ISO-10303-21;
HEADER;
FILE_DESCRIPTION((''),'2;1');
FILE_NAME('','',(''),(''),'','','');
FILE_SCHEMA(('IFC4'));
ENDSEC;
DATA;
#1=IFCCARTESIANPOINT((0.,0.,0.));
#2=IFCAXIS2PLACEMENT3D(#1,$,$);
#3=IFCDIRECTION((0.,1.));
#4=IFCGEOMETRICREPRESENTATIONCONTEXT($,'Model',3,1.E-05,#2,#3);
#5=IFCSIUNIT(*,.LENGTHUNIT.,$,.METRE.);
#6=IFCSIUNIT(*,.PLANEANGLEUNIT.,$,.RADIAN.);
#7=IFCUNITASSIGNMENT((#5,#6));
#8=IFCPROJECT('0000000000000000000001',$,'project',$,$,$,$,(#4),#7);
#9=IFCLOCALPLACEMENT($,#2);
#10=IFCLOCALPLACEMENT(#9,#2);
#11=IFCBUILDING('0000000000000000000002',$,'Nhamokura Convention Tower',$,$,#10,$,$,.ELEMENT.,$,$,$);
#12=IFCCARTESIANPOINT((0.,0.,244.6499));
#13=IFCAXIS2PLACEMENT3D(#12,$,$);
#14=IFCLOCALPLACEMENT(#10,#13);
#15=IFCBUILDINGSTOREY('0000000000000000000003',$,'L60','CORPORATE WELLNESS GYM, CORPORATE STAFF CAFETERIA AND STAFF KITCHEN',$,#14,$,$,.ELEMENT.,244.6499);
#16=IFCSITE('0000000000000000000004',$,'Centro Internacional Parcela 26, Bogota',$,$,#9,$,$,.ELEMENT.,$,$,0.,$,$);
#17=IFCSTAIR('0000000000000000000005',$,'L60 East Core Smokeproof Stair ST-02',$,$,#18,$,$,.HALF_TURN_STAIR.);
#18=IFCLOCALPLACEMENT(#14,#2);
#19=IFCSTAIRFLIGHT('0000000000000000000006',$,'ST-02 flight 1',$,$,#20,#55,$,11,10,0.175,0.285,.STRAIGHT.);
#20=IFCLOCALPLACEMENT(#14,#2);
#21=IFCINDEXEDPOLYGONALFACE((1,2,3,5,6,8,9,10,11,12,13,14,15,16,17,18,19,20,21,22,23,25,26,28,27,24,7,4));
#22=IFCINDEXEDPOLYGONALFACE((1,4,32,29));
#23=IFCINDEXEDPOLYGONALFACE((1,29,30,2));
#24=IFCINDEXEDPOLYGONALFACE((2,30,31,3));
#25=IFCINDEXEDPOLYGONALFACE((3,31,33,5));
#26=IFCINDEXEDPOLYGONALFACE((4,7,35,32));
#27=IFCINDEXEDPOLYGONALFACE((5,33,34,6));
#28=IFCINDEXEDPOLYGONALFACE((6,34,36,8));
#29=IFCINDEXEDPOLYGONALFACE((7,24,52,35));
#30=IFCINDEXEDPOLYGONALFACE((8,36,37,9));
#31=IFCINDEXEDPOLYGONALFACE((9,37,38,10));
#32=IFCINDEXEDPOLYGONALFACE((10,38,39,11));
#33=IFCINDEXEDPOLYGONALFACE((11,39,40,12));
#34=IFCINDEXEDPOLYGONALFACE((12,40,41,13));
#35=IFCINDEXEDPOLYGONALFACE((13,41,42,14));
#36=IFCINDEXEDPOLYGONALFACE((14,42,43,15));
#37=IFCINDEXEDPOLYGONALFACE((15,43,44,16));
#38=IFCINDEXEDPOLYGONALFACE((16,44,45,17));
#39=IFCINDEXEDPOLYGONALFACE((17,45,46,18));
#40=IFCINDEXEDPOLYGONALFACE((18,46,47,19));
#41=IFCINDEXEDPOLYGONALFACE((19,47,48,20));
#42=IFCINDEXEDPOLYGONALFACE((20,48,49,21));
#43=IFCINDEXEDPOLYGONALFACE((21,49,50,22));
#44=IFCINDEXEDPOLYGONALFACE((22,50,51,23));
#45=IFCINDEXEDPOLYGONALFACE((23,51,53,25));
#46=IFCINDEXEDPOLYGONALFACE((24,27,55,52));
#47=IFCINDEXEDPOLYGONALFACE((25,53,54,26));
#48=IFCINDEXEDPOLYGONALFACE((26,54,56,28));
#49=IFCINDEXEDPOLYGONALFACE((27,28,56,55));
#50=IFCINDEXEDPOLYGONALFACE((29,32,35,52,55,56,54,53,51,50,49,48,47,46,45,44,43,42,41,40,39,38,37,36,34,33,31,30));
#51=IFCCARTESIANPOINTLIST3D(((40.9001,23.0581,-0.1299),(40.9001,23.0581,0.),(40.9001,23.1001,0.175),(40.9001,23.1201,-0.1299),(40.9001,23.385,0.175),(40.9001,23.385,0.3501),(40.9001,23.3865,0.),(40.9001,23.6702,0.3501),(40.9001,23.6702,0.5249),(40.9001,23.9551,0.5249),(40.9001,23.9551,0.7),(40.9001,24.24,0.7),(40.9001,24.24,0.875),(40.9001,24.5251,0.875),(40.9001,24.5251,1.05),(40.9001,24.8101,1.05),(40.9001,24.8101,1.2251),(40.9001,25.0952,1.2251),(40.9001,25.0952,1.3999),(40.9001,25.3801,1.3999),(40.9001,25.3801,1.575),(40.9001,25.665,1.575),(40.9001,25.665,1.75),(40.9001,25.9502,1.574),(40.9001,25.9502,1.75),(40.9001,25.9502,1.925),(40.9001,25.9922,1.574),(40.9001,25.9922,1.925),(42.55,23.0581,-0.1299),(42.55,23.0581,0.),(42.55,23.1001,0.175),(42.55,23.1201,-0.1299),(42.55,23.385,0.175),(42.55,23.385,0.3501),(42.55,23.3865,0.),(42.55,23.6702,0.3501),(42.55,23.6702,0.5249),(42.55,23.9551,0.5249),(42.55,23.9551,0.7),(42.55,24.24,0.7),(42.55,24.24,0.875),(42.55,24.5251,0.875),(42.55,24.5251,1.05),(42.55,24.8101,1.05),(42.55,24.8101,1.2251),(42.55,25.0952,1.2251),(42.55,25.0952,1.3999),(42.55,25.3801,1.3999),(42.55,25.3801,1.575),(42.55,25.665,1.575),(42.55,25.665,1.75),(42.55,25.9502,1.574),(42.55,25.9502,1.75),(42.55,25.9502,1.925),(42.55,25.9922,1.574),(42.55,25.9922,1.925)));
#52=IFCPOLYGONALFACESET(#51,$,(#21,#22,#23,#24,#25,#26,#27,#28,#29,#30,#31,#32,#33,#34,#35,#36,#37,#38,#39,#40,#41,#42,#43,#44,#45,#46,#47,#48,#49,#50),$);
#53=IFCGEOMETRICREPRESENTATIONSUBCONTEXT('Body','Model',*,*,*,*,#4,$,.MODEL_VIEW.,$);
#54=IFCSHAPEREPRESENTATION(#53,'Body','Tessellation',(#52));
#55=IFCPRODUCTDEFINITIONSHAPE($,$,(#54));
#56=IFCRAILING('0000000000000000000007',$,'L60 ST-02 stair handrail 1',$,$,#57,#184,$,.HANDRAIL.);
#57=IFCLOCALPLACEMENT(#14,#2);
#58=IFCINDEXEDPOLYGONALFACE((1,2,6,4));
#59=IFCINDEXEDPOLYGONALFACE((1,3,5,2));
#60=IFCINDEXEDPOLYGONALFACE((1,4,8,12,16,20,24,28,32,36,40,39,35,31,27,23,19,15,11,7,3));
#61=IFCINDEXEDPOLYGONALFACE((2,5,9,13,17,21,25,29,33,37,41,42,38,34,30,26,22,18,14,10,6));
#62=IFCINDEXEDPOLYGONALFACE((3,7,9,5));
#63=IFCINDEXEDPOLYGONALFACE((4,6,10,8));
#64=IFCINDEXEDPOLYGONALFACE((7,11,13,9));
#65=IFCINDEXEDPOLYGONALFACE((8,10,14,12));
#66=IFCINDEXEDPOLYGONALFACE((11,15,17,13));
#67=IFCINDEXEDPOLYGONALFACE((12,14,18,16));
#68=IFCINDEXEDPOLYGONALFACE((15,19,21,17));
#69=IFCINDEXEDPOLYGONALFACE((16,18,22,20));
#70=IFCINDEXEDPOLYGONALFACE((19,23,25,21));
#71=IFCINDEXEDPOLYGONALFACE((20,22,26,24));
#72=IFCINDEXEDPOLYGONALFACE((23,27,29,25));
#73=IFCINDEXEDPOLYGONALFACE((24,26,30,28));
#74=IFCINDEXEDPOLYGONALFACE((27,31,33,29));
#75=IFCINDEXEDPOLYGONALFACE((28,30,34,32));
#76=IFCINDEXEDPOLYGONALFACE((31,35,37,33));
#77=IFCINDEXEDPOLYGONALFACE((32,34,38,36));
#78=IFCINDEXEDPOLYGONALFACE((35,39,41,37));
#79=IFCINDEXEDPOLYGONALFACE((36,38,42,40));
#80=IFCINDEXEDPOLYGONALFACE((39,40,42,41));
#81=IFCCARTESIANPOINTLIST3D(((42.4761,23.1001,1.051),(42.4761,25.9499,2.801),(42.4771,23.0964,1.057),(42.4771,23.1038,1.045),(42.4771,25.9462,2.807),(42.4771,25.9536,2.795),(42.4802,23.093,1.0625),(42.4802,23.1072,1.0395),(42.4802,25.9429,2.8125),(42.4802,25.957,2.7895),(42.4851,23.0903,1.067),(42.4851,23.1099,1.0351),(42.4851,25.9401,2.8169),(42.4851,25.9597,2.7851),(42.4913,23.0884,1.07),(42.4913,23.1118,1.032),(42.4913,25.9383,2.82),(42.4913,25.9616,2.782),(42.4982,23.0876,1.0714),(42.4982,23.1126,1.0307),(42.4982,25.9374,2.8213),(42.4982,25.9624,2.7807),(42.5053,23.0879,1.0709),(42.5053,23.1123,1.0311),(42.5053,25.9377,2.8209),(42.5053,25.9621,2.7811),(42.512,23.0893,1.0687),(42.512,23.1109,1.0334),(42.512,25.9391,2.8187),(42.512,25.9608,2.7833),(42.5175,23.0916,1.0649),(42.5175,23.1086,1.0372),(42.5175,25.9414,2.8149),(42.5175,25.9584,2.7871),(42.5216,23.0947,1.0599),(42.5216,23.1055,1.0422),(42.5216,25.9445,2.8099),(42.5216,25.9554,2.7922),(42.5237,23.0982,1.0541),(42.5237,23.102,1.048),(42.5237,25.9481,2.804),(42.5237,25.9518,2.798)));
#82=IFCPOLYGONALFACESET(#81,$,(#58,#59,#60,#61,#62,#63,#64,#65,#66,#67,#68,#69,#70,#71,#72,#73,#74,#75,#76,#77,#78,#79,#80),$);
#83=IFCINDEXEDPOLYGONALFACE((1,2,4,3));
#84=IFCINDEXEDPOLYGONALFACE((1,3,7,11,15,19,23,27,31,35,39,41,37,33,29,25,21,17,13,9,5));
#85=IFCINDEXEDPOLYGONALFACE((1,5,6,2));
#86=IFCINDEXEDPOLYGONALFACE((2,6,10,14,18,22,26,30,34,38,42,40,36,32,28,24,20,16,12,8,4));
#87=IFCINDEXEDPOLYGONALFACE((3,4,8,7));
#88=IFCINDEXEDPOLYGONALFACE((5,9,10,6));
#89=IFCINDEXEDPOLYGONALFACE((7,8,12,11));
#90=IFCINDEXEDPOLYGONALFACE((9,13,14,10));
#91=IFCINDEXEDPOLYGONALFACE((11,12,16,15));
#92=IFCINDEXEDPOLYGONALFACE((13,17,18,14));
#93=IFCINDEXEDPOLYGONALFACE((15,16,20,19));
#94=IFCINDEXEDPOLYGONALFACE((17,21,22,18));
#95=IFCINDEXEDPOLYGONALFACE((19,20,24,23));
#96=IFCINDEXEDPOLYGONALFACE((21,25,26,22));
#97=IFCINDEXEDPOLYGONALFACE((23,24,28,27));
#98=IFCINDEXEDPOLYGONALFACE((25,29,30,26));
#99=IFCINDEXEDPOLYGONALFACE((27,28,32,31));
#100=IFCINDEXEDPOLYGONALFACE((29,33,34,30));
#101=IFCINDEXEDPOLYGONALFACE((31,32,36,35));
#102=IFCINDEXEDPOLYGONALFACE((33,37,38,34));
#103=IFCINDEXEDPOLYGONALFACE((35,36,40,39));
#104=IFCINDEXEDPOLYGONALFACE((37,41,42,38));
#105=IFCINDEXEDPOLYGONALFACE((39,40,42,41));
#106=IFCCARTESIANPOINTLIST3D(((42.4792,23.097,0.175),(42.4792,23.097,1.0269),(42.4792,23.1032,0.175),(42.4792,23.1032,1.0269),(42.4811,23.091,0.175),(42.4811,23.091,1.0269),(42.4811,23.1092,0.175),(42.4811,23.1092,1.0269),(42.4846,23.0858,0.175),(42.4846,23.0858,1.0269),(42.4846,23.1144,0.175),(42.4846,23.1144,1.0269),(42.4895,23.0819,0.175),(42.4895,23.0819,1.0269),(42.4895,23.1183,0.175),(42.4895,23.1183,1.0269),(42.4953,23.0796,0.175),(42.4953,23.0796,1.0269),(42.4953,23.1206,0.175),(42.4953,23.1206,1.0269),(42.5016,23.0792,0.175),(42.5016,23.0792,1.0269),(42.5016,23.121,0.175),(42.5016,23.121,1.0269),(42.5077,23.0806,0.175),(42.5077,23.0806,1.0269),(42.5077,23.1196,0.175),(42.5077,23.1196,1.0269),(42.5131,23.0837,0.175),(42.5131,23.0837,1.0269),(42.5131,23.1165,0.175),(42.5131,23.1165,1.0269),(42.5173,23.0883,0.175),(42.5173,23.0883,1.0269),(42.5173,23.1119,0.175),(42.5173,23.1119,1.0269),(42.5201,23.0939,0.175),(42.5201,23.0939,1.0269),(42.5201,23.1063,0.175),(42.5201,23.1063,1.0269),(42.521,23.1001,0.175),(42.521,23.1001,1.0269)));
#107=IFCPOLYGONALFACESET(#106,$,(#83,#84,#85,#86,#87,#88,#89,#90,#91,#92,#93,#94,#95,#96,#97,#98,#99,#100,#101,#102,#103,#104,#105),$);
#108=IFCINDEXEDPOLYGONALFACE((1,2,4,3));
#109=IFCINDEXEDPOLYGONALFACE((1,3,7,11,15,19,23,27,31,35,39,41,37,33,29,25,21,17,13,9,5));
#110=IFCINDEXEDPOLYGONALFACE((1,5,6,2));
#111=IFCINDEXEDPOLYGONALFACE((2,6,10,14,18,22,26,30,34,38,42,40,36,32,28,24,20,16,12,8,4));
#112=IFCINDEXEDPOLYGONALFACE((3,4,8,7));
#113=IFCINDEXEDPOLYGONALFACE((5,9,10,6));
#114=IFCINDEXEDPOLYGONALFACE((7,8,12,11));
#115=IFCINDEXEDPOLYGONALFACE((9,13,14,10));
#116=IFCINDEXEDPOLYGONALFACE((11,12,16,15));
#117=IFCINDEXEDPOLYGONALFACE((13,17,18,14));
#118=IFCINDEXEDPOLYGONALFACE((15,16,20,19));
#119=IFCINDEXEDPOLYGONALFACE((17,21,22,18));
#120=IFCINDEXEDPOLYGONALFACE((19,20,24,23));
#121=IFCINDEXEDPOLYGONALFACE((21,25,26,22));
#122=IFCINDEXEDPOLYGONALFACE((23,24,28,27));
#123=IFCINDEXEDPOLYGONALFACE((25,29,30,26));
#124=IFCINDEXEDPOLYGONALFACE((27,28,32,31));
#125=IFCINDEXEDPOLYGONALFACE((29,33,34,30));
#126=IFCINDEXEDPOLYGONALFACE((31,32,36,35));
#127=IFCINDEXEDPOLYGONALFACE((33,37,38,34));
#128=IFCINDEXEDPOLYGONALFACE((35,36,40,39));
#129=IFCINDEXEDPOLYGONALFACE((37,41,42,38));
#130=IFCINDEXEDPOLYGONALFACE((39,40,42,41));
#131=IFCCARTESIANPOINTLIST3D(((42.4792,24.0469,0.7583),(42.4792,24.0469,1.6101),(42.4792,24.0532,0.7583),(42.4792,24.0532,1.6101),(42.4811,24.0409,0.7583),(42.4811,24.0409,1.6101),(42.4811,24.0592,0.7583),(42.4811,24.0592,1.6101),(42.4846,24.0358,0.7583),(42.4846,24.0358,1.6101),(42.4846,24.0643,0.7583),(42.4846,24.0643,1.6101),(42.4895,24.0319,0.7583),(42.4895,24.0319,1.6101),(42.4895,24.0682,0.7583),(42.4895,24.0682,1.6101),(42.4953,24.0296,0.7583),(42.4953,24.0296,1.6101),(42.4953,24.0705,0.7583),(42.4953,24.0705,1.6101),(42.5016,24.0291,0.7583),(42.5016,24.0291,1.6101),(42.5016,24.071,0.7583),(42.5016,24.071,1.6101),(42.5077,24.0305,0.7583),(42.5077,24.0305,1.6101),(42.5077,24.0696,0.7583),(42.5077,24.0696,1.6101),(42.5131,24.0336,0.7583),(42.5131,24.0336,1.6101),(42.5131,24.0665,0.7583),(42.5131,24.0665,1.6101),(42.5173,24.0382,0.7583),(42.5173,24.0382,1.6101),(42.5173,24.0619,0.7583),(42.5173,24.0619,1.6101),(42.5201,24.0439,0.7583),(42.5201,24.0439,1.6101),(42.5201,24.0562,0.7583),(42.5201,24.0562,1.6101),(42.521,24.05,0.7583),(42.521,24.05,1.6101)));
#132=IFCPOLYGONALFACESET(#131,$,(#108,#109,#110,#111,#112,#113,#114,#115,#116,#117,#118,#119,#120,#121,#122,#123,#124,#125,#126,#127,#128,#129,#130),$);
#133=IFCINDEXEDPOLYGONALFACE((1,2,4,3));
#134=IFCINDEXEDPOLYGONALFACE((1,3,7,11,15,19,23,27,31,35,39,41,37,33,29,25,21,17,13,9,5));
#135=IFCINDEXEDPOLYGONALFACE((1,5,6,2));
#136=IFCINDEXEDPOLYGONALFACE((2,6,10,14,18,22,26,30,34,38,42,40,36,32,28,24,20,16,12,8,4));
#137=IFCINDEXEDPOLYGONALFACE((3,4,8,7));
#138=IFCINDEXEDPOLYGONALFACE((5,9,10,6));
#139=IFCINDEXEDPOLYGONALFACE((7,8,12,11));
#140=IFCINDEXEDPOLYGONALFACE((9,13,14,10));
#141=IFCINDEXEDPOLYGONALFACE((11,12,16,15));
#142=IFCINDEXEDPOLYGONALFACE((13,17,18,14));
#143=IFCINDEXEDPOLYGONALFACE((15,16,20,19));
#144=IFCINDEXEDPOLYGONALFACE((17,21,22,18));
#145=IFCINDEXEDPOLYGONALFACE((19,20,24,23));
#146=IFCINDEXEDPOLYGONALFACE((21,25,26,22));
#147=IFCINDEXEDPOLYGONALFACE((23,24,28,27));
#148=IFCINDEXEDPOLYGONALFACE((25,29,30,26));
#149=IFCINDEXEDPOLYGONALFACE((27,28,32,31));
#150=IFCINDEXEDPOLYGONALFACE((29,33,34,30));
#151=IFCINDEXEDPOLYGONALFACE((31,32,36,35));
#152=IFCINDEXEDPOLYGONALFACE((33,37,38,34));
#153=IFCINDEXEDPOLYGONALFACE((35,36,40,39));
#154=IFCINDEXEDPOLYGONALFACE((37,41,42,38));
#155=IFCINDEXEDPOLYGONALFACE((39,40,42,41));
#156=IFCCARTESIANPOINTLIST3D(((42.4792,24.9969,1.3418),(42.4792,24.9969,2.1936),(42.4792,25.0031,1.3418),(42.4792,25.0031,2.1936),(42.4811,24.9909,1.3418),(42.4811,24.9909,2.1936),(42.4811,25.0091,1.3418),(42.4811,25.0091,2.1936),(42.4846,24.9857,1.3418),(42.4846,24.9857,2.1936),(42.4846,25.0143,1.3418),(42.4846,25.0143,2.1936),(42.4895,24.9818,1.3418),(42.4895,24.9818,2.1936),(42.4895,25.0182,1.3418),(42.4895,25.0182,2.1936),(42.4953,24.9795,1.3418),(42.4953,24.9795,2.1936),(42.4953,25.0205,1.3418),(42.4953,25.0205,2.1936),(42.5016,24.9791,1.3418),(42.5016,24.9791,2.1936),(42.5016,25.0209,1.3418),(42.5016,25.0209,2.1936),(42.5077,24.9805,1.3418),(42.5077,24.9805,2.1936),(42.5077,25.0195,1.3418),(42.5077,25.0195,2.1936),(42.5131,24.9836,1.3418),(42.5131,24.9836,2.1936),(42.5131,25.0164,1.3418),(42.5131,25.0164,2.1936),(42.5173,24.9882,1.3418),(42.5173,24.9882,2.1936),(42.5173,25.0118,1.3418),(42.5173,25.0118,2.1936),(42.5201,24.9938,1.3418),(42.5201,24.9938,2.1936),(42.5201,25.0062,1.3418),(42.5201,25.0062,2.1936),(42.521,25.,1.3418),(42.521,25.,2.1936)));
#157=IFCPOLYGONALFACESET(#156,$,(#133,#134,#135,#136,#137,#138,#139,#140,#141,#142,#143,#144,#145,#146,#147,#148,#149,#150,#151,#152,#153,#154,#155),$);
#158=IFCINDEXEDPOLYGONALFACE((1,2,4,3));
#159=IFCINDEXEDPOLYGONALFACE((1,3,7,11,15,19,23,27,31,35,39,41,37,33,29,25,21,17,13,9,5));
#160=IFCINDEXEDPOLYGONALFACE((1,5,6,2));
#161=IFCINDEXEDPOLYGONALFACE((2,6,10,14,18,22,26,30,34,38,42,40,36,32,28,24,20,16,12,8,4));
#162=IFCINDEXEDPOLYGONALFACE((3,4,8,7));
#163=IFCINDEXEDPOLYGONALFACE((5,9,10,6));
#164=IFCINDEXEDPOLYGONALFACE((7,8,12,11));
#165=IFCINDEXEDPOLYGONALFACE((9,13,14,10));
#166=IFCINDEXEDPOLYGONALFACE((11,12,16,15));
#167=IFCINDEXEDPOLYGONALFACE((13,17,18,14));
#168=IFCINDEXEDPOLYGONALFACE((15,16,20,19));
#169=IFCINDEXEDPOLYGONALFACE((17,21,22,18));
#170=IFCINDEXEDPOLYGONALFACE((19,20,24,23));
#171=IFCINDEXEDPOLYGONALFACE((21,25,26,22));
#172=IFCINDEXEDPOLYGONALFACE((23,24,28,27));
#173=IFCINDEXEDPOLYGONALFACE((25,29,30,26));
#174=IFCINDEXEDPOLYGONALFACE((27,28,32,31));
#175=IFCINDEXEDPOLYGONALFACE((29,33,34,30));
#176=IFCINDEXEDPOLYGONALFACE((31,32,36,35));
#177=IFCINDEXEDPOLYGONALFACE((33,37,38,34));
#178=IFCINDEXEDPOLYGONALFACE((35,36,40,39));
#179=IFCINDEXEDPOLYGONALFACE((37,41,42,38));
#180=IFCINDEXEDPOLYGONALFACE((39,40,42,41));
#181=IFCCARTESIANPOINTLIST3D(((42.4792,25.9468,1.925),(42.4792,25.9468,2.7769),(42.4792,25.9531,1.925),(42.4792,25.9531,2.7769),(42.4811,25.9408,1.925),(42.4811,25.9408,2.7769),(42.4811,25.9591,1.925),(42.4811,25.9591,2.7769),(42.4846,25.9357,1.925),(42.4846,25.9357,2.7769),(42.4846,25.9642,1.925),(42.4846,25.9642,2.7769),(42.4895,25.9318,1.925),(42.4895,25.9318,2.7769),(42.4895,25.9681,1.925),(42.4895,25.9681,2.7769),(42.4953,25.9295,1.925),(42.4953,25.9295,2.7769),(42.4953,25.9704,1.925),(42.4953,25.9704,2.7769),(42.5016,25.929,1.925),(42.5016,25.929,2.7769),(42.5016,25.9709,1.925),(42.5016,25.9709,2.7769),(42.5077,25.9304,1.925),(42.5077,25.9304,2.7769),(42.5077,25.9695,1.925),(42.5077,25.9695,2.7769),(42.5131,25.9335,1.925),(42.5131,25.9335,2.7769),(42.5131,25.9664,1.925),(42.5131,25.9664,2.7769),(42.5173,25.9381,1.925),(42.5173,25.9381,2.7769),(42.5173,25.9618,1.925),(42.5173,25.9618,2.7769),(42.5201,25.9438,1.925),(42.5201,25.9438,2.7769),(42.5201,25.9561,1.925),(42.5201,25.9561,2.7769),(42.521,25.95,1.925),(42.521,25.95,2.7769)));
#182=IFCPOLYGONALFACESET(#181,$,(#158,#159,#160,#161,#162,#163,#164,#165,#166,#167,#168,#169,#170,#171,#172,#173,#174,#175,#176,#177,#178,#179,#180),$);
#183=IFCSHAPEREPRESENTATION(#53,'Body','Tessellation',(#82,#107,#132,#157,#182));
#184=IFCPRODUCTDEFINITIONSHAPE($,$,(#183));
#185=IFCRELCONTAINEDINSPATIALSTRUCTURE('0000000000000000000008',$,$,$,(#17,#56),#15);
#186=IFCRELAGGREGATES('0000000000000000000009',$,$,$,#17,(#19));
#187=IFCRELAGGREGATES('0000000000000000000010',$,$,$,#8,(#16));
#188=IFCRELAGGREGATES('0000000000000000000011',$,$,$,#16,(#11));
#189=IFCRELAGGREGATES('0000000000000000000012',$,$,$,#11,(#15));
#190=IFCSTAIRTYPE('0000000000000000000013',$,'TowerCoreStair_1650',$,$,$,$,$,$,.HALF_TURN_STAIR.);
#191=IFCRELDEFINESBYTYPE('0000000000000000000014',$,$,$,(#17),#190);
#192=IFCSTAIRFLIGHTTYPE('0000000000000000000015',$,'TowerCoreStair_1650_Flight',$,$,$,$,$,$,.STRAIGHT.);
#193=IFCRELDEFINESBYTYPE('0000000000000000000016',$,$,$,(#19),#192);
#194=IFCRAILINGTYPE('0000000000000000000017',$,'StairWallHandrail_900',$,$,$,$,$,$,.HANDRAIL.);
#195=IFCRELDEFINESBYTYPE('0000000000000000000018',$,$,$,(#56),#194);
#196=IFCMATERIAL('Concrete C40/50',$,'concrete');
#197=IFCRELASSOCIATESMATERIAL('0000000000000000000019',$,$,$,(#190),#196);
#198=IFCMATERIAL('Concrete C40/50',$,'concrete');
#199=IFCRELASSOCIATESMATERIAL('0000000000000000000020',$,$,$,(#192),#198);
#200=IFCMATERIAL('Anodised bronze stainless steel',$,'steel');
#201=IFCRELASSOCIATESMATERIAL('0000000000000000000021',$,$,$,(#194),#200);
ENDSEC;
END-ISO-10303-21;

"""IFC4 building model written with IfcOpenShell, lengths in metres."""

from ifc_helpers import new_model, si_unit, direction, frame, origin, origin_2d, place, context, subcontext, project, spatial, polyline, circle, outline, extrude, material, type_object, element, aggregate, save


model = new_model("IFC4")

# Units and contexts
model_context = context("Model", 3, precision=1e-05, world=origin(), true_north=direction((0.0, 1.0)))
body_context = subcontext(model_context, "Body", "Model", "MODEL_VIEW")
ifc_project = project(units=[si_unit("LENGTHUNIT", "METRE"), si_unit("PLANEANGLEUNIT", "RADIAN")], contexts=[model_context])

# Site, building, storey
site_placement = place(None, origin())
site = spatial("IfcSite", under=ifc_project, at=site_placement, Name="Centro Internacional Parcela 26, Bogota", CompositionType="ELEMENT", RefElevation=0.0)
building_placement = place(site_placement, origin())
building = spatial("IfcBuilding", under=site, at=building_placement, Name="Nhamokura Convention Tower", CompositionType="ELEMENT")
storey_placement = place(building_placement, frame((0.0, 0.0, 244.6499)))
storey = spatial("IfcBuildingStorey", under=building, at=storey_placement, Name="L60", Description="CORPORATE WELLNESS GYM, CORPORATE STAFF CAFETERIA AND STAFF KITCHEN", CompositionType="ELEMENT", Elevation=244.6499)

# Stair, stair flight
ifc_material_1 = material(Name="Concrete C40/50", Category="concrete")
stair_type = type_object("IfcStairType", Name="TowerCoreStair_1650", PredefinedType="HALF_TURN_STAIR", material=ifc_material_1)
stair_placement = place(storey_placement, origin())
stair = element("IfcStair", 1, at=stair_placement, inside=storey, type_object=stair_type, Name="L60 East Core Smokeproof Stair ST-02", PredefinedType="HALF_TURN_STAIR")
ifc_material_2 = material(Name="Concrete C40/50", Category="concrete")
stair_flight_type = type_object("IfcStairFlightType", Name="TowerCoreStair_1650_Flight", PredefinedType="STRAIGHT", material=ifc_material_2)
stair_flight_placement = place(storey_placement, frame((41.7251, 23.1001, 0.0), z_axis=(0.0, 0.0, 1.0), x_axis=(0.0, 1.0, 0.0)))
stair_flight = element("IfcStairFlight", 2, at=stair_flight_placement, type_object=stair_flight_type, Name="ST-02 flight 1", NumberOfRisers=11, NumberOfTreads=10, PredefinedType="STRAIGHT", RiserHeight=0.175, TreadLength=0.285, context=body_context, shape_type="SweptSolid", body=[
    extrude(outline(polyline([(-0.042, 0.0), (0.0, 0.175), (0.2849, 0.175), (0.2849, 0.3501), (0.5701, 0.3501), (0.5701, 0.5249), (0.855, 0.5249), (0.855, 0.7), (1.1399, 0.7), (1.1399, 0.875), (1.425, 0.875), (1.425, 1.05), (1.71, 1.05), (1.71, 1.2251), (1.9951, 1.2251), (1.9951, 1.3999), (2.28, 1.3999), (2.28, 1.575), (2.5649, 1.575), (2.5649, 1.75), (2.8501, 1.75), (2.8501, 1.925), (2.8921, 1.925), (2.8921, 1.574), (2.8501, 1.574), (0.2864, 0.0), (0.02, -0.1299), (-0.042, -0.1299), (-0.042, 0.0)])), frame((0.0, 0.825, 0.0), z_axis=(0.0, -1.0, 0.0), x_axis=(1.0, 0.0, 0.0)), (0.0, 0.0, 1.0), 1.6499),
])
aggregate(stair, [stair_flight])

# Railing
ifc_material_3 = material(Name="Anodised bronze stainless steel", Category="steel")
railing_type_1 = type_object("IfcRailingType", Name="StairWallHandrail_900", PredefinedType="HANDRAIL", material=ifc_material_3)
railing_1_placement = place(storey_placement, frame((42.5, 23.1001, 0.175)))
element("IfcRailing", 3, at=railing_1_placement, inside=storey, type_object=railing_type_1, Name="L60 ST-02 stair handrail 1", PredefinedType="HANDRAIL", context=body_context, shape_type="SweptSolid", body=[
    extrude(circle(Radius=0.0239, at=origin_2d()), frame((0.0, 0.0, 0.876), z_axis=(0.0, 0.852159, 0.523283), x_axis=(-1.0, 0.0, 0.0)), (0.0, 0.0, 1.0), 3.3442),
    extrude(circle(Radius=0.021, at=origin_2d()), origin(), (0.0, 0.0, 1.0), 0.8518),
    extrude(circle(Radius=0.021, at=origin_2d()), frame((0.0, 0.95, 0.5833)), (0.0, 0.0, 1.0), 0.8518),
    extrude(circle(Radius=0.021, at=origin_2d()), frame((0.0, 1.8999, 1.1667)), (0.0, 0.0, 1.0), 0.8518),
    extrude(circle(Radius=0.021, at=origin_2d()), frame((0.0, 2.8499, 1.75)), (0.0, 0.0, 1.0), 0.8518),
])

save(model, "model.ifc")
